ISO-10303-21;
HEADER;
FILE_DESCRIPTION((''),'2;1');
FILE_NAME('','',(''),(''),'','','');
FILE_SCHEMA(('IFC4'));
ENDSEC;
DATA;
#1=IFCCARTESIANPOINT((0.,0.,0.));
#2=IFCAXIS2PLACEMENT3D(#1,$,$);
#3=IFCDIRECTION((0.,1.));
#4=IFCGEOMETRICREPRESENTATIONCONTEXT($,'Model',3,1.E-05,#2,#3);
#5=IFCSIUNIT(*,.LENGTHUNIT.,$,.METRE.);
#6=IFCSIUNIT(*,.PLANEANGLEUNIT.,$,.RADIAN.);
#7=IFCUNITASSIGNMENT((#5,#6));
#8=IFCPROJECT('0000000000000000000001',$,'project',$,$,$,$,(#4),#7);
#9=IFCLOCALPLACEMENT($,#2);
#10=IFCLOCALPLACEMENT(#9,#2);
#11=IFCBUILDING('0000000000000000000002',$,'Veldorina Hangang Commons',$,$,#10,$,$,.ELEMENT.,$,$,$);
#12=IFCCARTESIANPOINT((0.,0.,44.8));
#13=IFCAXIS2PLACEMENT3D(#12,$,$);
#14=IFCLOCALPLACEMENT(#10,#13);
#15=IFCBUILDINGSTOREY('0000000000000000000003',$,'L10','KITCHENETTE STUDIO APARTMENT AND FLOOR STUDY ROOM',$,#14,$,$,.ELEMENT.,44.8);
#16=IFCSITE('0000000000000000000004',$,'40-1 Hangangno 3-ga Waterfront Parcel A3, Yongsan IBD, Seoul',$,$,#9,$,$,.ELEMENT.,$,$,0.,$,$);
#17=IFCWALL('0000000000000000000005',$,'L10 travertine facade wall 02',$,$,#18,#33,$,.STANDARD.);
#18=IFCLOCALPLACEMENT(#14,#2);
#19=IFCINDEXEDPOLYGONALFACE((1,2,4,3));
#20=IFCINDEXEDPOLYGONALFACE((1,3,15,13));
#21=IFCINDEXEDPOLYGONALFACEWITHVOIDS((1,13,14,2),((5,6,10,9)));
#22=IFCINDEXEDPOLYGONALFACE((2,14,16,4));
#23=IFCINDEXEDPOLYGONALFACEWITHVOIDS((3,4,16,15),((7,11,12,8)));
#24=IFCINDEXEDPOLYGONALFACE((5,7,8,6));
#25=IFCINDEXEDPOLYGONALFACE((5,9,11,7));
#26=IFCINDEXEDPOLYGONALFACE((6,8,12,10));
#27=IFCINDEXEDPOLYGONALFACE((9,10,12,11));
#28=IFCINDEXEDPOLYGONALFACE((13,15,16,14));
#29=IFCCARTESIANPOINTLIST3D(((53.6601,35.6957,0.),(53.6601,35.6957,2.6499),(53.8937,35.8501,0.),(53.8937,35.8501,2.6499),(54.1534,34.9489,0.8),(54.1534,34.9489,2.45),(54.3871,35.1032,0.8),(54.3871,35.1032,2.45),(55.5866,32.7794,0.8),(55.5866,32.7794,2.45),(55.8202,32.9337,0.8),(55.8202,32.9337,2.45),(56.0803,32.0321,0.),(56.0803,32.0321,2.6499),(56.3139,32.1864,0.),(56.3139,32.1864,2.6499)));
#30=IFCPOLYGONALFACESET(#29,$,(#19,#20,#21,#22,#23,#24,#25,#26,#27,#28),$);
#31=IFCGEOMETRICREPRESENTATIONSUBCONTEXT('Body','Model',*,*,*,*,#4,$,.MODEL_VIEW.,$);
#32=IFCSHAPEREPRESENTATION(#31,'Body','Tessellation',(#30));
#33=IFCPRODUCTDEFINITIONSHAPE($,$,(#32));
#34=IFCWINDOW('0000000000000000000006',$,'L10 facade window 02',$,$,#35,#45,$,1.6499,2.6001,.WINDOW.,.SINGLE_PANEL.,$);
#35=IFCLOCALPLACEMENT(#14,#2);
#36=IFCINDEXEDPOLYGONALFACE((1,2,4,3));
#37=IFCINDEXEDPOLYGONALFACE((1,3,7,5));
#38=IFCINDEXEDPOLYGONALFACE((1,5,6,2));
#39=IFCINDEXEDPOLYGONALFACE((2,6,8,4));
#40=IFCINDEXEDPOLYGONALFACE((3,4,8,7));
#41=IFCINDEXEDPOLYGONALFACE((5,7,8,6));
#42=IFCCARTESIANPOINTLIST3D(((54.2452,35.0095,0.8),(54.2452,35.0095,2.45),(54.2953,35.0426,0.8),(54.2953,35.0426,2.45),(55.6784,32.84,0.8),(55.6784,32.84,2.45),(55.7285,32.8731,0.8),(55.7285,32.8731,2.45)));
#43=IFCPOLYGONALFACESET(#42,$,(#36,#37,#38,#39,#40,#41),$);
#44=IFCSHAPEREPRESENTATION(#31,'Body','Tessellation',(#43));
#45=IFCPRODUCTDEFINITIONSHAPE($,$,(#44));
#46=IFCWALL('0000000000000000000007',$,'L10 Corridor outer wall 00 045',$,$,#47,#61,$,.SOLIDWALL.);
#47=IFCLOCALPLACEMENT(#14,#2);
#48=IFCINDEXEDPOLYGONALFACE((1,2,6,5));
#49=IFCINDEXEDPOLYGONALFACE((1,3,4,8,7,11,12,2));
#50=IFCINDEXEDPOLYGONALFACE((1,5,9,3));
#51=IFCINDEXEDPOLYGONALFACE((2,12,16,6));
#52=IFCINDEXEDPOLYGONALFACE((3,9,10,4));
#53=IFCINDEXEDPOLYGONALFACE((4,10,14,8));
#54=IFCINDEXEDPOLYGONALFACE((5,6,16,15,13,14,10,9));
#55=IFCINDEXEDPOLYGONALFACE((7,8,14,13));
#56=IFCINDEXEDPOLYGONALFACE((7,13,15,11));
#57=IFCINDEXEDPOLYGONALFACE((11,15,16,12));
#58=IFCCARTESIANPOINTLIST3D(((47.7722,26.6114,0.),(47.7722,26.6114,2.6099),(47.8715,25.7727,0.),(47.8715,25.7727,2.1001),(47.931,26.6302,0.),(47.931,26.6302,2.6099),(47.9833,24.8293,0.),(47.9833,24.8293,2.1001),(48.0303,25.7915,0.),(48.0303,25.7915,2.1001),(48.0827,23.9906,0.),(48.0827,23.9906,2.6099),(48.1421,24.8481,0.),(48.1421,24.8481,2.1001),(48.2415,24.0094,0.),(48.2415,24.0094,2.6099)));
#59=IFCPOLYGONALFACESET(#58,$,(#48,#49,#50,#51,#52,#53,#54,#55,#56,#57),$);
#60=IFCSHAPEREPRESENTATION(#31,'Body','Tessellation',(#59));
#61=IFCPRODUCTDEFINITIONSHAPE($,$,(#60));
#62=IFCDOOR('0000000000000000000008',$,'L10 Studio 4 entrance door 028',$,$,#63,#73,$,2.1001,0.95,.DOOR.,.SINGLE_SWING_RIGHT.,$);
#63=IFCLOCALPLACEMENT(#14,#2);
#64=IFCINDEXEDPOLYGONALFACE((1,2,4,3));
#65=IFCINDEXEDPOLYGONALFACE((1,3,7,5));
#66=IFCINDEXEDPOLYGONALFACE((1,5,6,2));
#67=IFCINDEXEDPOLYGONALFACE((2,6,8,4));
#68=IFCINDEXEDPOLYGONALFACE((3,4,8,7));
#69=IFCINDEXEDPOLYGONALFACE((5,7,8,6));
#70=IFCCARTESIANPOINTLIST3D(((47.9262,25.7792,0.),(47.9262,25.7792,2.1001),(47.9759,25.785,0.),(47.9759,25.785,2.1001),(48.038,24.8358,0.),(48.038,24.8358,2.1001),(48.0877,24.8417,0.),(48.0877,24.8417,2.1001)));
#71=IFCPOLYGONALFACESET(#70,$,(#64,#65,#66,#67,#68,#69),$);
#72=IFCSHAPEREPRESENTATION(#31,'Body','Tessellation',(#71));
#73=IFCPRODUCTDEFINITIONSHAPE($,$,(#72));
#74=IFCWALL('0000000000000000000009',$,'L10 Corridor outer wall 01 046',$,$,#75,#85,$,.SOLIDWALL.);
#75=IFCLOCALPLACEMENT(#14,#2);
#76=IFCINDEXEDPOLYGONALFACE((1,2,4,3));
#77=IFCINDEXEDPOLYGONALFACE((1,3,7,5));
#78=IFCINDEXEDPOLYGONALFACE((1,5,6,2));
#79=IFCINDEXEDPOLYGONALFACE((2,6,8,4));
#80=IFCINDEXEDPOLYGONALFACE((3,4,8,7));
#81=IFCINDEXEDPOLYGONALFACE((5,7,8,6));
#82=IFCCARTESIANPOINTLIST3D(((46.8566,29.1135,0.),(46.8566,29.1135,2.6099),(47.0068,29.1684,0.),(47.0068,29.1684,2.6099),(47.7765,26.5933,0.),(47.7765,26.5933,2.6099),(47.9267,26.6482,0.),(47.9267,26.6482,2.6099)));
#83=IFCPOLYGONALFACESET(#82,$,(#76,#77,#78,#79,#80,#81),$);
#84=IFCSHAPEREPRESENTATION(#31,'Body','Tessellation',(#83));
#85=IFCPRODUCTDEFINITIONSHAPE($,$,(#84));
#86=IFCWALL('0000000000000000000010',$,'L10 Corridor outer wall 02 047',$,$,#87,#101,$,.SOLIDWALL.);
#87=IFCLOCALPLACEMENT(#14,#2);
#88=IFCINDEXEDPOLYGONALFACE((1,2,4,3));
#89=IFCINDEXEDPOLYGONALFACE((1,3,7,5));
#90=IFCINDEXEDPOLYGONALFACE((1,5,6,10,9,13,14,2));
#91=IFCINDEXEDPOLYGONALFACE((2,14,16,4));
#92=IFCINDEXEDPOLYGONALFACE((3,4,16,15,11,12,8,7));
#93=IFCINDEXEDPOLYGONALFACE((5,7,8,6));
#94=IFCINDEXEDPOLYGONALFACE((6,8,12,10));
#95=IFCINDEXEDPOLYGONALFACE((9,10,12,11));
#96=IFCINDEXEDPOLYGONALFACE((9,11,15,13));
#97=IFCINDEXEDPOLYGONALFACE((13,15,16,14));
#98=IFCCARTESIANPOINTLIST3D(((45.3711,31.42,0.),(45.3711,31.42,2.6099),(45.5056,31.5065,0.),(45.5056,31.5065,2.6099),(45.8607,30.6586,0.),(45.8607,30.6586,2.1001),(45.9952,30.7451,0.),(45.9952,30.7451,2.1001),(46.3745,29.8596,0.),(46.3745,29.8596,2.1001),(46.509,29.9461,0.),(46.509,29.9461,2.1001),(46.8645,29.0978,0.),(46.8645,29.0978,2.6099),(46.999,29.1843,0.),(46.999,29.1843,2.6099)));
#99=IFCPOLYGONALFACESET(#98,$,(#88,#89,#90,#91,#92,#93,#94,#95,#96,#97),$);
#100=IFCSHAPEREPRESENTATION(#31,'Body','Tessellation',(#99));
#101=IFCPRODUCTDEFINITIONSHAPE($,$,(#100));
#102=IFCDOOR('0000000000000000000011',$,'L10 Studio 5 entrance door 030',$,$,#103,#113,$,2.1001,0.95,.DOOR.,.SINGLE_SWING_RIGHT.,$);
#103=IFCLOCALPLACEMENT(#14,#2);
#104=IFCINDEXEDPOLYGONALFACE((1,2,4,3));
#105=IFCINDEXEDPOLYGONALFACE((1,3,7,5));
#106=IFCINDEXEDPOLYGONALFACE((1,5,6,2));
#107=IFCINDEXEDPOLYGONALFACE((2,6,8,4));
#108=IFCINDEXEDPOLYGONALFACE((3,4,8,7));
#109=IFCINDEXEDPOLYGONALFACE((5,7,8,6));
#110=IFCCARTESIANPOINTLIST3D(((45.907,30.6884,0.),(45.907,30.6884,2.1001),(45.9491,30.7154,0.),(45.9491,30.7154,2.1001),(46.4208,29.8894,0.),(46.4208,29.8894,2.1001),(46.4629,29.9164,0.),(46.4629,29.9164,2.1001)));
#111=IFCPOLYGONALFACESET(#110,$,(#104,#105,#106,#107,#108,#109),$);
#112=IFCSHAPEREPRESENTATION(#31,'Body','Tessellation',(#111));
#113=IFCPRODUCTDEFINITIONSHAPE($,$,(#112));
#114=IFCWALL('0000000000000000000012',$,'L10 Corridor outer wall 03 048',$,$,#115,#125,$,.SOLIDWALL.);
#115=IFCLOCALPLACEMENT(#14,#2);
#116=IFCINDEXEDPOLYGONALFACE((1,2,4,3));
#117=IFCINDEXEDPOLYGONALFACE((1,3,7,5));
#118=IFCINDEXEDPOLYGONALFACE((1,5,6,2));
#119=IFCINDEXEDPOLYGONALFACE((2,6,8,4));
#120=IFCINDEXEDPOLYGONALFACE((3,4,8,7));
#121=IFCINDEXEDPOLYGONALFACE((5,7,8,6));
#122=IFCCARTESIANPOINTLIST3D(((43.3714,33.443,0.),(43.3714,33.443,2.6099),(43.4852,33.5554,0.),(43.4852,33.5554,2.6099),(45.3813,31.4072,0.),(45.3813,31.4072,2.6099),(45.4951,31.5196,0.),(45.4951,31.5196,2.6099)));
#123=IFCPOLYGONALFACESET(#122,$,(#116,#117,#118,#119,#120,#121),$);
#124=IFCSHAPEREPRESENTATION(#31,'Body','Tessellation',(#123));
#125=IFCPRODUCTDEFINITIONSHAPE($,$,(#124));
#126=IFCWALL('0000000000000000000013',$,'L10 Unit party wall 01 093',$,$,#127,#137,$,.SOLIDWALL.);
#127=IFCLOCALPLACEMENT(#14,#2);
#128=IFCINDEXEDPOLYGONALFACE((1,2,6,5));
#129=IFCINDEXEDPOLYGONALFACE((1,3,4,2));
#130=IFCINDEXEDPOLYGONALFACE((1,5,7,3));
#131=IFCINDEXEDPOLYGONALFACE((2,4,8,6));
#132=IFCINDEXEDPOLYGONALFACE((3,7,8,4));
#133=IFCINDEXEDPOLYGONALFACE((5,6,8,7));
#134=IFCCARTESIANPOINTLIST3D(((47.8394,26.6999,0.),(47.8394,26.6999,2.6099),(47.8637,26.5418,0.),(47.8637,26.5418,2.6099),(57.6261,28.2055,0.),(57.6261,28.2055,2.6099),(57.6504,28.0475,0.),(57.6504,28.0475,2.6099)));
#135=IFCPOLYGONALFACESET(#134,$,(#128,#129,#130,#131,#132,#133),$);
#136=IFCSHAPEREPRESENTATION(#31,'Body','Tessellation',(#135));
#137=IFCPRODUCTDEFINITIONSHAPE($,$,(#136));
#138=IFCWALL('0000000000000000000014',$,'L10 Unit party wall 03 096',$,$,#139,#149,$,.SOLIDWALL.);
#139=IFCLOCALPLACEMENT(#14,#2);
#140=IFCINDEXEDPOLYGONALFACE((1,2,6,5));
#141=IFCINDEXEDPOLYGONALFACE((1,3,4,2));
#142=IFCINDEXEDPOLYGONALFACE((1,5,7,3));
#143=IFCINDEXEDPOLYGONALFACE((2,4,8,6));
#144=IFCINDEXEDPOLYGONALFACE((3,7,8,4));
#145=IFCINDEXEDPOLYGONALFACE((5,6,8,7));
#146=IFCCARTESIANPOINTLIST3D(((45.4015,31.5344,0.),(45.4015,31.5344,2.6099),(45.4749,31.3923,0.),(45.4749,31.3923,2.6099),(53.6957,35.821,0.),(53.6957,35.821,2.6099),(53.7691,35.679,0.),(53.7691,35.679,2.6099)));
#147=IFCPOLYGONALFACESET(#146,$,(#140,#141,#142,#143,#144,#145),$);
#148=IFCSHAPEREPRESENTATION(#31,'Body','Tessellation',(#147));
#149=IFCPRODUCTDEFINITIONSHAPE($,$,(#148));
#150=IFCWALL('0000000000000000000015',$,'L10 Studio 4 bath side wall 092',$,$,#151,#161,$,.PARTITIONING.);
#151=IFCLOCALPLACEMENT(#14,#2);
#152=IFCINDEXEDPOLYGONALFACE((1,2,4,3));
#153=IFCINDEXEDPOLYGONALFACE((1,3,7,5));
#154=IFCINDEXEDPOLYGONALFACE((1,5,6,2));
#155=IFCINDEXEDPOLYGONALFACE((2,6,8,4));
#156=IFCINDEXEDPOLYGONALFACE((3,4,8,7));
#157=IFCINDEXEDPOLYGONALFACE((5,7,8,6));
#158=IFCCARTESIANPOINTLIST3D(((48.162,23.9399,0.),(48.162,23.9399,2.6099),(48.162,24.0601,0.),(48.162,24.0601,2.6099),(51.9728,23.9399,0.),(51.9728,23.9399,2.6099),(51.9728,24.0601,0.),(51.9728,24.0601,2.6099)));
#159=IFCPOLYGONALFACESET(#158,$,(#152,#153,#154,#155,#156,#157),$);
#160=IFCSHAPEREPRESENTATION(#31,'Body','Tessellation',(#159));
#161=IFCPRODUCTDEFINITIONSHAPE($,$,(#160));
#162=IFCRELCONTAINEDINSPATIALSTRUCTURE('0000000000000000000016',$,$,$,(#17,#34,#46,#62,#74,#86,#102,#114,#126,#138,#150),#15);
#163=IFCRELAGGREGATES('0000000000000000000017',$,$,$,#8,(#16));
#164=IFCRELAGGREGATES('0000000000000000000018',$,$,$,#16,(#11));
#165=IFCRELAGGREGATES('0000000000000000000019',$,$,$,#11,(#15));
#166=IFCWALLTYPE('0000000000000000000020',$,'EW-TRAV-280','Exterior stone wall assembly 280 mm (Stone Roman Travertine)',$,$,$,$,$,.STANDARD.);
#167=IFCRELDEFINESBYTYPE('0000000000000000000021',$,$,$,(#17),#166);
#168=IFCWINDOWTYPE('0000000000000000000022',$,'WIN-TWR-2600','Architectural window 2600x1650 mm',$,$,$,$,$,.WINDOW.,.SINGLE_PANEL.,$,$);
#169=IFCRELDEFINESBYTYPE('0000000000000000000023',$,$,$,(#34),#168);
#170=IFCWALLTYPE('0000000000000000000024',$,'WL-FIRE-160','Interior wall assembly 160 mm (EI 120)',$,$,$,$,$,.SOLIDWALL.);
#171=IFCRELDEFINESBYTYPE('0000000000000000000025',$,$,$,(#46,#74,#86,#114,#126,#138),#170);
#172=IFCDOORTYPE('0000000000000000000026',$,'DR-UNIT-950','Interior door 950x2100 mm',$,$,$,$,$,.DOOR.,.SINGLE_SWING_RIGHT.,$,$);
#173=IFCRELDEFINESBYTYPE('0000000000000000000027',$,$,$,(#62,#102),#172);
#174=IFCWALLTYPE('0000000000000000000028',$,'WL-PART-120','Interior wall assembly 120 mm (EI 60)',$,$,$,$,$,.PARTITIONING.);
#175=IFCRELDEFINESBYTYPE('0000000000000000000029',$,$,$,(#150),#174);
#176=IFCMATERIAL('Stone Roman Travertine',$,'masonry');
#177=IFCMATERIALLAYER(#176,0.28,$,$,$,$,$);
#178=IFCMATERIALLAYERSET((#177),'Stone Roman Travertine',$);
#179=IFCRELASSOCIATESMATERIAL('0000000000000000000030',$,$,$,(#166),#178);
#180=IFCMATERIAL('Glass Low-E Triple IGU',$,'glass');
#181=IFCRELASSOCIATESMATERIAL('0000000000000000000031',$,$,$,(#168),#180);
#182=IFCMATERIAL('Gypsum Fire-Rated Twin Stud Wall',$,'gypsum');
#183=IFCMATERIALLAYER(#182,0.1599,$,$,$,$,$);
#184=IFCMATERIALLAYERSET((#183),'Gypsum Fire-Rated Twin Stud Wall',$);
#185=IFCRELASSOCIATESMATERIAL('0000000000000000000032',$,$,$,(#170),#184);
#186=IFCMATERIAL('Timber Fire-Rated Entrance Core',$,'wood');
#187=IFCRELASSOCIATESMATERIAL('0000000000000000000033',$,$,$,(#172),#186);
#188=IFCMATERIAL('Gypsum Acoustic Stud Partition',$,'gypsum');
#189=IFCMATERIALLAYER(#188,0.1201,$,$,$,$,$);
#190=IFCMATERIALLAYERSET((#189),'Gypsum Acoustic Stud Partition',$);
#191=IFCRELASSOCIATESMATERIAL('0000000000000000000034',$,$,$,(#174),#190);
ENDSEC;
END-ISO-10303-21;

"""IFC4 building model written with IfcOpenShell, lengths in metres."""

from ifc_helpers import new_model, si_unit, direction, frame, frame_2d, origin, place, context, subcontext, project, spatial, rectangle, extrude, material, layer, layer_set, type_object, element, fill, save


model = new_model("IFC4")

# Units and contexts
model_context = context("Model", 3, precision=1e-05, world=origin(), true_north=direction((0.0, 1.0)))
body_context = subcontext(model_context, "Body", "Model", "MODEL_VIEW")
ifc_project = project(units=[si_unit("LENGTHUNIT", "METRE"), si_unit("PLANEANGLEUNIT", "RADIAN")], contexts=[model_context])

# Site, building, storey
site_placement = place(None, origin())
site = spatial("IfcSite", under=ifc_project, at=site_placement, Name="40-1 Hangangno 3-ga Waterfront Parcel A3, Yongsan IBD, Seoul", CompositionType="ELEMENT", RefElevation=0.0)
building_placement = place(site_placement, origin())
building = spatial("IfcBuilding", under=site, at=building_placement, Name="Veldorina Hangang Commons", CompositionType="ELEMENT")
storey_placement = place(building_placement, frame((0.0, 0.0, 44.8)))
storey = spatial("IfcBuildingStorey", under=building, at=storey_placement, Name="L10", Description="KITCHENETTE STUDIO APARTMENT AND FLOOR STUDY ROOM", CompositionType="ELEMENT", Elevation=44.8)

# Shared definitions
ifc_material_1 = material(Name="Stone Roman Travertine", Category="masonry")
ifc_layer_1 = layer(ifc_material_1, 0.28)
ifc_layer_set_1 = layer_set([ifc_layer_1], Name="Stone Roman Travertine")
wall_type_1 = type_object("IfcWallType", Name="EW-TRAV-280", Description="Exterior stone wall assembly 280 mm (Stone Roman Travertine)", PredefinedType="STANDARD", material=ifc_layer_set_1)
ifc_material_2 = material(Name="Glass Low-E Triple IGU", Category="glass")
window_type = type_object("IfcWindowType", Name="WIN-TWR-2600", Description="Architectural window 2600x1650 mm", PartitioningType="SINGLE_PANEL", PredefinedType="WINDOW", material=ifc_material_2)

# Wall, opening, window
wall_1_placement = place(storey_placement, frame((56.197, 32.1094, 0.0), z_axis=(0.0, 0.0, 1.0), x_axis=(-0.551192, 0.834378, 0.0)))
wall_1 = element("IfcWall", 1, at=wall_1_placement, inside=storey, type_object=wall_type_1, Name="L10 travertine facade wall 02", PredefinedType="STANDARD", context=body_context, shape_type="SweptSolid", body=[
    extrude(rectangle(XDim=4.3909, YDim=0.28, at=frame_2d((2.1953, 0.0))), origin(), (0.0, 0.0, 1.0), 2.6499),
])
opening_1_placement = place(wall_1_placement, frame((0.8955, 0.0, 0.8)))
opening_1 = element("IfcOpeningElement", 2, at=opening_1_placement, cuts=wall_1, PredefinedType="OPENING", context=body_context, shape_type="SweptSolid", body=[
    extrude(rectangle(XDim=2.6001, YDim=1.6499, at=frame_2d((1.3, 0.825))), frame((0.0, 0.1499, 0.0), z_axis=(0.0, -1.0, 0.0), x_axis=(1.0, 0.0, 0.0)), (0.0, 0.0, 1.0), 0.3),
])
window_1_placement = place(opening_1_placement, origin())
window_1 = element("IfcWindow", 3, at=window_1_placement, inside=storey, type_object=window_type, Name="L10 facade window 02", OverallHeight=1.6499, OverallWidth=2.6001, PartitioningType="SINGLE_PANEL", PredefinedType="WINDOW", context=body_context, shape_type="SweptSolid", body=[
    extrude(rectangle(XDim=2.6001, YDim=1.6499, at=frame_2d((1.3, 0.825))), frame((0.0, 0.03, 0.0), z_axis=(0.0, -1.0, 0.0), x_axis=(1.0, 0.0, 0.0)), (0.0, 0.0, 1.0), 0.0601),
])
fill(opening_1, window_1)

# Wall, opening, door
ifc_material_3 = material(Name="Gypsum Fire-Rated Twin Stud Wall", Category="gypsum")
ifc_layer_2 = layer(ifc_material_3, 0.1599)
ifc_layer_set_2 = layer_set([ifc_layer_2], Name="Gypsum Fire-Rated Twin Stud Wall")
wall_type_2 = type_object("IfcWallType", Name="WL-FIRE-160", Description="Interior wall assembly 160 mm (EI 120)", PredefinedType="SOLIDWALL", material=ifc_layer_set_2)
wall_2_placement = place(storey_placement, frame((48.1621, 24.0, 0.0), z_axis=(0.0, 0.0, 1.0), x_axis=(-0.117668, 0.993053, 0.0)))
wall_2 = element("IfcWall", 4, at=wall_2_placement, inside=storey, type_object=wall_type_2, Name="L10 Corridor outer wall 00 045", PredefinedType="SOLIDWALL", context=body_context, shape_type="SweptSolid", body=[
    extrude(rectangle(XDim=2.6392, YDim=0.1599, at=frame_2d((1.3196, 0.0))), origin(), (0.0, 0.0, 1.0), 2.6099),
])
opening_2_placement = place(wall_2_placement, frame((0.8445, 0.0, 0.0)))
opening_2 = element("IfcOpeningElement", 5, at=opening_2_placement, cuts=wall_2, PredefinedType="OPENING", context=body_context, shape_type="SweptSolid", body=[
    extrude(rectangle(XDim=0.95, YDim=2.1001, at=frame_2d((0.4751, 1.05))), frame((0.0, 0.0898, 0.0), z_axis=(0.0, -1.0, 0.0), x_axis=(1.0, 0.0, 0.0)), (0.0, 0.0, 1.0), 0.1799),
])
ifc_material_4 = material(Name="Timber Fire-Rated Entrance Core", Category="wood")
door_type_1 = type_object("IfcDoorType", Name="DR-UNIT-950", Description="Interior door 950x2100 mm", OperationType="SINGLE_SWING_RIGHT", PredefinedType="DOOR", material=ifc_material_4)
door_1_placement = place(opening_2_placement, origin())
door_1 = element("IfcDoor", 6, at=door_1_placement, inside=storey, type_object=door_type_1, Name="L10 Studio 4 entrance door 028", OperationType="SINGLE_SWING_RIGHT", OverallHeight=2.1001, OverallWidth=0.95, PredefinedType="DOOR", context=body_context, shape_type="SweptSolid", body=[
    extrude(rectangle(XDim=0.95, YDim=2.1001, at=frame_2d((0.4751, 1.05))), frame((0.0, 0.0249, 0.0), z_axis=(0.0, -1.0, 0.0), x_axis=(1.0, 0.0, 0.0)), (0.0, 0.0, 1.0), 0.05),
])
fill(opening_2, door_1)

# Wall
wall_3_placement = place(storey_placement, frame((47.8516, 26.6208, 0.0), z_axis=(0.0, 0.0, 1.0), x_axis=(-0.342883, 0.939378, 0.0)))
element("IfcWall", 7, at=wall_3_placement, inside=storey, type_object=wall_type_2, Name="L10 Corridor outer wall 01 046", PredefinedType="SOLIDWALL", context=body_context, shape_type="SweptSolid", body=[
    extrude(rectangle(XDim=2.6829, YDim=0.1599, at=frame_2d((1.3413, 0.0))), origin(), (0.0, 0.0, 1.0), 2.6099),
])

# Wall, opening, door
wall_4_placement = place(storey_placement, frame((46.9316, 29.1411, 0.0), z_axis=(0.0, 0.0, 1.0), x_axis=(-0.540892, 0.841092, 0.0)))
wall_4 = element("IfcWall", 8, at=wall_4_placement, inside=storey, type_object=wall_type_2, Name="L10 Corridor outer wall 02 047", PredefinedType="SOLIDWALL", context=body_context, shape_type="SweptSolid", body=[
    extrude(rectangle(XDim=2.761, YDim=0.1599, at=frame_2d((1.3804, 0.0))), origin(), (0.0, 0.0, 1.0), 2.6099),
])
opening_3_placement = place(wall_4_placement, frame((0.9055, 0.0, 0.0)))
opening_3 = element("IfcOpeningElement", 9, at=opening_3_placement, cuts=wall_4, PredefinedType="OPENING", context=body_context, shape_type="SweptSolid", body=[
    extrude(rectangle(XDim=0.95, YDim=2.1001, at=frame_2d((0.4751, 1.05))), frame((0.0, 0.0898, 0.0), z_axis=(0.0, -1.0, 0.0), x_axis=(1.0, 0.0, 0.0)), (0.0, 0.0, 1.0), 0.1799),
])
door_2_placement = place(opening_3_placement, origin())
door_2 = element("IfcDoor", 10, at=door_2_placement, inside=storey, type_object=door_type_1, Name="L10 Studio 5 entrance door 030", OperationType="SINGLE_SWING_RIGHT", OverallHeight=2.1001, OverallWidth=0.95, PredefinedType="DOOR", context=body_context, shape_type="SweptSolid", body=[
    extrude(rectangle(XDim=0.95, YDim=2.1001, at=frame_2d((0.4751, 1.05))), frame((0.0, 0.0249, 0.0), z_axis=(0.0, -1.0, 0.0), x_axis=(1.0, 0.0, 0.0)), (0.0, 0.0, 1.0), 0.05),
])
fill(opening_3, door_2)

# Walls
wall_5_placement = place(storey_placement, frame((45.4382, 31.4634, 0.0), z_axis=(0.0, 0.0, 1.0), x_axis=(-0.70257, 0.711615, 0.0)))
element("IfcWall", 11, at=wall_5_placement, inside=storey, type_object=wall_type_2, Name="L10 Corridor outer wall 03 048", PredefinedType="SOLIDWALL", context=body_context, shape_type="SweptSolid", body=[
    extrude(rectangle(XDim=2.8608, YDim=0.1599, at=frame_2d((1.4304, 0.0))), origin(), (0.0, 0.0, 1.0), 2.6099),
])
wall_6_placement = place(storey_placement, frame((47.8516, 26.6208, 0.0), z_axis=(0.0, 0.0, 1.0), x_axis=(0.988372, 0.152055, 0.0)))
element("IfcWall", 12, at=wall_6_placement, inside=storey, type_object=wall_type_2, Name="L10 Unit party wall 01 093", PredefinedType="SOLIDWALL", context=body_context, shape_type="SweptSolid", body=[
    extrude(rectangle(XDim=9.9019, YDim=0.1599, at=frame_2d((4.9509, 0.0))), origin(), (0.0, 0.0, 1.0), 2.6099),
])
wall_7_placement = place(storey_placement, frame((45.4382, 31.4634, 0.0), z_axis=(0.0, 0.0, 1.0), x_axis=(0.88837, 0.459129, 0.0)))
element("IfcWall", 13, at=wall_7_placement, inside=storey, type_object=wall_type_2, Name="L10 Unit party wall 03 096", PredefinedType="SOLIDWALL", context=body_context, shape_type="SweptSolid", body=[
    extrude(rectangle(XDim=9.3364, YDim=0.1599, at=frame_2d((4.6682, 0.0))), origin(), (0.0, 0.0, 1.0), 2.6099),
])
ifc_material_5 = material(Name="Gypsum Acoustic Stud Partition", Category="gypsum")
ifc_layer_3 = layer(ifc_material_5, 0.1201)
ifc_layer_set_3 = layer_set([ifc_layer_3], Name="Gypsum Acoustic Stud Partition")
wall_type_3 = type_object("IfcWallType", Name="WL-PART-120", Description="Interior wall assembly 120 mm (EI 60)", PredefinedType="PARTITIONING", material=ifc_layer_set_3)
wall_8_placement = place(storey_placement, frame((48.1621, 24.0, 0.0), z_axis=(0.0, 0.0, 1.0), x_axis=(1.0, 0.0, 0.0)))
element("IfcWall", 14, at=wall_8_placement, inside=storey, type_object=wall_type_3, Name="L10 Studio 4 bath side wall 092", PredefinedType="PARTITIONING", context=body_context, shape_type="SweptSolid", body=[
    extrude(rectangle(XDim=3.8108, YDim=0.1201, at=frame_2d((1.9053, 0.0))), origin(), (0.0, 0.0, 1.0), 2.6099),
])

save(model, "model.ifc")
